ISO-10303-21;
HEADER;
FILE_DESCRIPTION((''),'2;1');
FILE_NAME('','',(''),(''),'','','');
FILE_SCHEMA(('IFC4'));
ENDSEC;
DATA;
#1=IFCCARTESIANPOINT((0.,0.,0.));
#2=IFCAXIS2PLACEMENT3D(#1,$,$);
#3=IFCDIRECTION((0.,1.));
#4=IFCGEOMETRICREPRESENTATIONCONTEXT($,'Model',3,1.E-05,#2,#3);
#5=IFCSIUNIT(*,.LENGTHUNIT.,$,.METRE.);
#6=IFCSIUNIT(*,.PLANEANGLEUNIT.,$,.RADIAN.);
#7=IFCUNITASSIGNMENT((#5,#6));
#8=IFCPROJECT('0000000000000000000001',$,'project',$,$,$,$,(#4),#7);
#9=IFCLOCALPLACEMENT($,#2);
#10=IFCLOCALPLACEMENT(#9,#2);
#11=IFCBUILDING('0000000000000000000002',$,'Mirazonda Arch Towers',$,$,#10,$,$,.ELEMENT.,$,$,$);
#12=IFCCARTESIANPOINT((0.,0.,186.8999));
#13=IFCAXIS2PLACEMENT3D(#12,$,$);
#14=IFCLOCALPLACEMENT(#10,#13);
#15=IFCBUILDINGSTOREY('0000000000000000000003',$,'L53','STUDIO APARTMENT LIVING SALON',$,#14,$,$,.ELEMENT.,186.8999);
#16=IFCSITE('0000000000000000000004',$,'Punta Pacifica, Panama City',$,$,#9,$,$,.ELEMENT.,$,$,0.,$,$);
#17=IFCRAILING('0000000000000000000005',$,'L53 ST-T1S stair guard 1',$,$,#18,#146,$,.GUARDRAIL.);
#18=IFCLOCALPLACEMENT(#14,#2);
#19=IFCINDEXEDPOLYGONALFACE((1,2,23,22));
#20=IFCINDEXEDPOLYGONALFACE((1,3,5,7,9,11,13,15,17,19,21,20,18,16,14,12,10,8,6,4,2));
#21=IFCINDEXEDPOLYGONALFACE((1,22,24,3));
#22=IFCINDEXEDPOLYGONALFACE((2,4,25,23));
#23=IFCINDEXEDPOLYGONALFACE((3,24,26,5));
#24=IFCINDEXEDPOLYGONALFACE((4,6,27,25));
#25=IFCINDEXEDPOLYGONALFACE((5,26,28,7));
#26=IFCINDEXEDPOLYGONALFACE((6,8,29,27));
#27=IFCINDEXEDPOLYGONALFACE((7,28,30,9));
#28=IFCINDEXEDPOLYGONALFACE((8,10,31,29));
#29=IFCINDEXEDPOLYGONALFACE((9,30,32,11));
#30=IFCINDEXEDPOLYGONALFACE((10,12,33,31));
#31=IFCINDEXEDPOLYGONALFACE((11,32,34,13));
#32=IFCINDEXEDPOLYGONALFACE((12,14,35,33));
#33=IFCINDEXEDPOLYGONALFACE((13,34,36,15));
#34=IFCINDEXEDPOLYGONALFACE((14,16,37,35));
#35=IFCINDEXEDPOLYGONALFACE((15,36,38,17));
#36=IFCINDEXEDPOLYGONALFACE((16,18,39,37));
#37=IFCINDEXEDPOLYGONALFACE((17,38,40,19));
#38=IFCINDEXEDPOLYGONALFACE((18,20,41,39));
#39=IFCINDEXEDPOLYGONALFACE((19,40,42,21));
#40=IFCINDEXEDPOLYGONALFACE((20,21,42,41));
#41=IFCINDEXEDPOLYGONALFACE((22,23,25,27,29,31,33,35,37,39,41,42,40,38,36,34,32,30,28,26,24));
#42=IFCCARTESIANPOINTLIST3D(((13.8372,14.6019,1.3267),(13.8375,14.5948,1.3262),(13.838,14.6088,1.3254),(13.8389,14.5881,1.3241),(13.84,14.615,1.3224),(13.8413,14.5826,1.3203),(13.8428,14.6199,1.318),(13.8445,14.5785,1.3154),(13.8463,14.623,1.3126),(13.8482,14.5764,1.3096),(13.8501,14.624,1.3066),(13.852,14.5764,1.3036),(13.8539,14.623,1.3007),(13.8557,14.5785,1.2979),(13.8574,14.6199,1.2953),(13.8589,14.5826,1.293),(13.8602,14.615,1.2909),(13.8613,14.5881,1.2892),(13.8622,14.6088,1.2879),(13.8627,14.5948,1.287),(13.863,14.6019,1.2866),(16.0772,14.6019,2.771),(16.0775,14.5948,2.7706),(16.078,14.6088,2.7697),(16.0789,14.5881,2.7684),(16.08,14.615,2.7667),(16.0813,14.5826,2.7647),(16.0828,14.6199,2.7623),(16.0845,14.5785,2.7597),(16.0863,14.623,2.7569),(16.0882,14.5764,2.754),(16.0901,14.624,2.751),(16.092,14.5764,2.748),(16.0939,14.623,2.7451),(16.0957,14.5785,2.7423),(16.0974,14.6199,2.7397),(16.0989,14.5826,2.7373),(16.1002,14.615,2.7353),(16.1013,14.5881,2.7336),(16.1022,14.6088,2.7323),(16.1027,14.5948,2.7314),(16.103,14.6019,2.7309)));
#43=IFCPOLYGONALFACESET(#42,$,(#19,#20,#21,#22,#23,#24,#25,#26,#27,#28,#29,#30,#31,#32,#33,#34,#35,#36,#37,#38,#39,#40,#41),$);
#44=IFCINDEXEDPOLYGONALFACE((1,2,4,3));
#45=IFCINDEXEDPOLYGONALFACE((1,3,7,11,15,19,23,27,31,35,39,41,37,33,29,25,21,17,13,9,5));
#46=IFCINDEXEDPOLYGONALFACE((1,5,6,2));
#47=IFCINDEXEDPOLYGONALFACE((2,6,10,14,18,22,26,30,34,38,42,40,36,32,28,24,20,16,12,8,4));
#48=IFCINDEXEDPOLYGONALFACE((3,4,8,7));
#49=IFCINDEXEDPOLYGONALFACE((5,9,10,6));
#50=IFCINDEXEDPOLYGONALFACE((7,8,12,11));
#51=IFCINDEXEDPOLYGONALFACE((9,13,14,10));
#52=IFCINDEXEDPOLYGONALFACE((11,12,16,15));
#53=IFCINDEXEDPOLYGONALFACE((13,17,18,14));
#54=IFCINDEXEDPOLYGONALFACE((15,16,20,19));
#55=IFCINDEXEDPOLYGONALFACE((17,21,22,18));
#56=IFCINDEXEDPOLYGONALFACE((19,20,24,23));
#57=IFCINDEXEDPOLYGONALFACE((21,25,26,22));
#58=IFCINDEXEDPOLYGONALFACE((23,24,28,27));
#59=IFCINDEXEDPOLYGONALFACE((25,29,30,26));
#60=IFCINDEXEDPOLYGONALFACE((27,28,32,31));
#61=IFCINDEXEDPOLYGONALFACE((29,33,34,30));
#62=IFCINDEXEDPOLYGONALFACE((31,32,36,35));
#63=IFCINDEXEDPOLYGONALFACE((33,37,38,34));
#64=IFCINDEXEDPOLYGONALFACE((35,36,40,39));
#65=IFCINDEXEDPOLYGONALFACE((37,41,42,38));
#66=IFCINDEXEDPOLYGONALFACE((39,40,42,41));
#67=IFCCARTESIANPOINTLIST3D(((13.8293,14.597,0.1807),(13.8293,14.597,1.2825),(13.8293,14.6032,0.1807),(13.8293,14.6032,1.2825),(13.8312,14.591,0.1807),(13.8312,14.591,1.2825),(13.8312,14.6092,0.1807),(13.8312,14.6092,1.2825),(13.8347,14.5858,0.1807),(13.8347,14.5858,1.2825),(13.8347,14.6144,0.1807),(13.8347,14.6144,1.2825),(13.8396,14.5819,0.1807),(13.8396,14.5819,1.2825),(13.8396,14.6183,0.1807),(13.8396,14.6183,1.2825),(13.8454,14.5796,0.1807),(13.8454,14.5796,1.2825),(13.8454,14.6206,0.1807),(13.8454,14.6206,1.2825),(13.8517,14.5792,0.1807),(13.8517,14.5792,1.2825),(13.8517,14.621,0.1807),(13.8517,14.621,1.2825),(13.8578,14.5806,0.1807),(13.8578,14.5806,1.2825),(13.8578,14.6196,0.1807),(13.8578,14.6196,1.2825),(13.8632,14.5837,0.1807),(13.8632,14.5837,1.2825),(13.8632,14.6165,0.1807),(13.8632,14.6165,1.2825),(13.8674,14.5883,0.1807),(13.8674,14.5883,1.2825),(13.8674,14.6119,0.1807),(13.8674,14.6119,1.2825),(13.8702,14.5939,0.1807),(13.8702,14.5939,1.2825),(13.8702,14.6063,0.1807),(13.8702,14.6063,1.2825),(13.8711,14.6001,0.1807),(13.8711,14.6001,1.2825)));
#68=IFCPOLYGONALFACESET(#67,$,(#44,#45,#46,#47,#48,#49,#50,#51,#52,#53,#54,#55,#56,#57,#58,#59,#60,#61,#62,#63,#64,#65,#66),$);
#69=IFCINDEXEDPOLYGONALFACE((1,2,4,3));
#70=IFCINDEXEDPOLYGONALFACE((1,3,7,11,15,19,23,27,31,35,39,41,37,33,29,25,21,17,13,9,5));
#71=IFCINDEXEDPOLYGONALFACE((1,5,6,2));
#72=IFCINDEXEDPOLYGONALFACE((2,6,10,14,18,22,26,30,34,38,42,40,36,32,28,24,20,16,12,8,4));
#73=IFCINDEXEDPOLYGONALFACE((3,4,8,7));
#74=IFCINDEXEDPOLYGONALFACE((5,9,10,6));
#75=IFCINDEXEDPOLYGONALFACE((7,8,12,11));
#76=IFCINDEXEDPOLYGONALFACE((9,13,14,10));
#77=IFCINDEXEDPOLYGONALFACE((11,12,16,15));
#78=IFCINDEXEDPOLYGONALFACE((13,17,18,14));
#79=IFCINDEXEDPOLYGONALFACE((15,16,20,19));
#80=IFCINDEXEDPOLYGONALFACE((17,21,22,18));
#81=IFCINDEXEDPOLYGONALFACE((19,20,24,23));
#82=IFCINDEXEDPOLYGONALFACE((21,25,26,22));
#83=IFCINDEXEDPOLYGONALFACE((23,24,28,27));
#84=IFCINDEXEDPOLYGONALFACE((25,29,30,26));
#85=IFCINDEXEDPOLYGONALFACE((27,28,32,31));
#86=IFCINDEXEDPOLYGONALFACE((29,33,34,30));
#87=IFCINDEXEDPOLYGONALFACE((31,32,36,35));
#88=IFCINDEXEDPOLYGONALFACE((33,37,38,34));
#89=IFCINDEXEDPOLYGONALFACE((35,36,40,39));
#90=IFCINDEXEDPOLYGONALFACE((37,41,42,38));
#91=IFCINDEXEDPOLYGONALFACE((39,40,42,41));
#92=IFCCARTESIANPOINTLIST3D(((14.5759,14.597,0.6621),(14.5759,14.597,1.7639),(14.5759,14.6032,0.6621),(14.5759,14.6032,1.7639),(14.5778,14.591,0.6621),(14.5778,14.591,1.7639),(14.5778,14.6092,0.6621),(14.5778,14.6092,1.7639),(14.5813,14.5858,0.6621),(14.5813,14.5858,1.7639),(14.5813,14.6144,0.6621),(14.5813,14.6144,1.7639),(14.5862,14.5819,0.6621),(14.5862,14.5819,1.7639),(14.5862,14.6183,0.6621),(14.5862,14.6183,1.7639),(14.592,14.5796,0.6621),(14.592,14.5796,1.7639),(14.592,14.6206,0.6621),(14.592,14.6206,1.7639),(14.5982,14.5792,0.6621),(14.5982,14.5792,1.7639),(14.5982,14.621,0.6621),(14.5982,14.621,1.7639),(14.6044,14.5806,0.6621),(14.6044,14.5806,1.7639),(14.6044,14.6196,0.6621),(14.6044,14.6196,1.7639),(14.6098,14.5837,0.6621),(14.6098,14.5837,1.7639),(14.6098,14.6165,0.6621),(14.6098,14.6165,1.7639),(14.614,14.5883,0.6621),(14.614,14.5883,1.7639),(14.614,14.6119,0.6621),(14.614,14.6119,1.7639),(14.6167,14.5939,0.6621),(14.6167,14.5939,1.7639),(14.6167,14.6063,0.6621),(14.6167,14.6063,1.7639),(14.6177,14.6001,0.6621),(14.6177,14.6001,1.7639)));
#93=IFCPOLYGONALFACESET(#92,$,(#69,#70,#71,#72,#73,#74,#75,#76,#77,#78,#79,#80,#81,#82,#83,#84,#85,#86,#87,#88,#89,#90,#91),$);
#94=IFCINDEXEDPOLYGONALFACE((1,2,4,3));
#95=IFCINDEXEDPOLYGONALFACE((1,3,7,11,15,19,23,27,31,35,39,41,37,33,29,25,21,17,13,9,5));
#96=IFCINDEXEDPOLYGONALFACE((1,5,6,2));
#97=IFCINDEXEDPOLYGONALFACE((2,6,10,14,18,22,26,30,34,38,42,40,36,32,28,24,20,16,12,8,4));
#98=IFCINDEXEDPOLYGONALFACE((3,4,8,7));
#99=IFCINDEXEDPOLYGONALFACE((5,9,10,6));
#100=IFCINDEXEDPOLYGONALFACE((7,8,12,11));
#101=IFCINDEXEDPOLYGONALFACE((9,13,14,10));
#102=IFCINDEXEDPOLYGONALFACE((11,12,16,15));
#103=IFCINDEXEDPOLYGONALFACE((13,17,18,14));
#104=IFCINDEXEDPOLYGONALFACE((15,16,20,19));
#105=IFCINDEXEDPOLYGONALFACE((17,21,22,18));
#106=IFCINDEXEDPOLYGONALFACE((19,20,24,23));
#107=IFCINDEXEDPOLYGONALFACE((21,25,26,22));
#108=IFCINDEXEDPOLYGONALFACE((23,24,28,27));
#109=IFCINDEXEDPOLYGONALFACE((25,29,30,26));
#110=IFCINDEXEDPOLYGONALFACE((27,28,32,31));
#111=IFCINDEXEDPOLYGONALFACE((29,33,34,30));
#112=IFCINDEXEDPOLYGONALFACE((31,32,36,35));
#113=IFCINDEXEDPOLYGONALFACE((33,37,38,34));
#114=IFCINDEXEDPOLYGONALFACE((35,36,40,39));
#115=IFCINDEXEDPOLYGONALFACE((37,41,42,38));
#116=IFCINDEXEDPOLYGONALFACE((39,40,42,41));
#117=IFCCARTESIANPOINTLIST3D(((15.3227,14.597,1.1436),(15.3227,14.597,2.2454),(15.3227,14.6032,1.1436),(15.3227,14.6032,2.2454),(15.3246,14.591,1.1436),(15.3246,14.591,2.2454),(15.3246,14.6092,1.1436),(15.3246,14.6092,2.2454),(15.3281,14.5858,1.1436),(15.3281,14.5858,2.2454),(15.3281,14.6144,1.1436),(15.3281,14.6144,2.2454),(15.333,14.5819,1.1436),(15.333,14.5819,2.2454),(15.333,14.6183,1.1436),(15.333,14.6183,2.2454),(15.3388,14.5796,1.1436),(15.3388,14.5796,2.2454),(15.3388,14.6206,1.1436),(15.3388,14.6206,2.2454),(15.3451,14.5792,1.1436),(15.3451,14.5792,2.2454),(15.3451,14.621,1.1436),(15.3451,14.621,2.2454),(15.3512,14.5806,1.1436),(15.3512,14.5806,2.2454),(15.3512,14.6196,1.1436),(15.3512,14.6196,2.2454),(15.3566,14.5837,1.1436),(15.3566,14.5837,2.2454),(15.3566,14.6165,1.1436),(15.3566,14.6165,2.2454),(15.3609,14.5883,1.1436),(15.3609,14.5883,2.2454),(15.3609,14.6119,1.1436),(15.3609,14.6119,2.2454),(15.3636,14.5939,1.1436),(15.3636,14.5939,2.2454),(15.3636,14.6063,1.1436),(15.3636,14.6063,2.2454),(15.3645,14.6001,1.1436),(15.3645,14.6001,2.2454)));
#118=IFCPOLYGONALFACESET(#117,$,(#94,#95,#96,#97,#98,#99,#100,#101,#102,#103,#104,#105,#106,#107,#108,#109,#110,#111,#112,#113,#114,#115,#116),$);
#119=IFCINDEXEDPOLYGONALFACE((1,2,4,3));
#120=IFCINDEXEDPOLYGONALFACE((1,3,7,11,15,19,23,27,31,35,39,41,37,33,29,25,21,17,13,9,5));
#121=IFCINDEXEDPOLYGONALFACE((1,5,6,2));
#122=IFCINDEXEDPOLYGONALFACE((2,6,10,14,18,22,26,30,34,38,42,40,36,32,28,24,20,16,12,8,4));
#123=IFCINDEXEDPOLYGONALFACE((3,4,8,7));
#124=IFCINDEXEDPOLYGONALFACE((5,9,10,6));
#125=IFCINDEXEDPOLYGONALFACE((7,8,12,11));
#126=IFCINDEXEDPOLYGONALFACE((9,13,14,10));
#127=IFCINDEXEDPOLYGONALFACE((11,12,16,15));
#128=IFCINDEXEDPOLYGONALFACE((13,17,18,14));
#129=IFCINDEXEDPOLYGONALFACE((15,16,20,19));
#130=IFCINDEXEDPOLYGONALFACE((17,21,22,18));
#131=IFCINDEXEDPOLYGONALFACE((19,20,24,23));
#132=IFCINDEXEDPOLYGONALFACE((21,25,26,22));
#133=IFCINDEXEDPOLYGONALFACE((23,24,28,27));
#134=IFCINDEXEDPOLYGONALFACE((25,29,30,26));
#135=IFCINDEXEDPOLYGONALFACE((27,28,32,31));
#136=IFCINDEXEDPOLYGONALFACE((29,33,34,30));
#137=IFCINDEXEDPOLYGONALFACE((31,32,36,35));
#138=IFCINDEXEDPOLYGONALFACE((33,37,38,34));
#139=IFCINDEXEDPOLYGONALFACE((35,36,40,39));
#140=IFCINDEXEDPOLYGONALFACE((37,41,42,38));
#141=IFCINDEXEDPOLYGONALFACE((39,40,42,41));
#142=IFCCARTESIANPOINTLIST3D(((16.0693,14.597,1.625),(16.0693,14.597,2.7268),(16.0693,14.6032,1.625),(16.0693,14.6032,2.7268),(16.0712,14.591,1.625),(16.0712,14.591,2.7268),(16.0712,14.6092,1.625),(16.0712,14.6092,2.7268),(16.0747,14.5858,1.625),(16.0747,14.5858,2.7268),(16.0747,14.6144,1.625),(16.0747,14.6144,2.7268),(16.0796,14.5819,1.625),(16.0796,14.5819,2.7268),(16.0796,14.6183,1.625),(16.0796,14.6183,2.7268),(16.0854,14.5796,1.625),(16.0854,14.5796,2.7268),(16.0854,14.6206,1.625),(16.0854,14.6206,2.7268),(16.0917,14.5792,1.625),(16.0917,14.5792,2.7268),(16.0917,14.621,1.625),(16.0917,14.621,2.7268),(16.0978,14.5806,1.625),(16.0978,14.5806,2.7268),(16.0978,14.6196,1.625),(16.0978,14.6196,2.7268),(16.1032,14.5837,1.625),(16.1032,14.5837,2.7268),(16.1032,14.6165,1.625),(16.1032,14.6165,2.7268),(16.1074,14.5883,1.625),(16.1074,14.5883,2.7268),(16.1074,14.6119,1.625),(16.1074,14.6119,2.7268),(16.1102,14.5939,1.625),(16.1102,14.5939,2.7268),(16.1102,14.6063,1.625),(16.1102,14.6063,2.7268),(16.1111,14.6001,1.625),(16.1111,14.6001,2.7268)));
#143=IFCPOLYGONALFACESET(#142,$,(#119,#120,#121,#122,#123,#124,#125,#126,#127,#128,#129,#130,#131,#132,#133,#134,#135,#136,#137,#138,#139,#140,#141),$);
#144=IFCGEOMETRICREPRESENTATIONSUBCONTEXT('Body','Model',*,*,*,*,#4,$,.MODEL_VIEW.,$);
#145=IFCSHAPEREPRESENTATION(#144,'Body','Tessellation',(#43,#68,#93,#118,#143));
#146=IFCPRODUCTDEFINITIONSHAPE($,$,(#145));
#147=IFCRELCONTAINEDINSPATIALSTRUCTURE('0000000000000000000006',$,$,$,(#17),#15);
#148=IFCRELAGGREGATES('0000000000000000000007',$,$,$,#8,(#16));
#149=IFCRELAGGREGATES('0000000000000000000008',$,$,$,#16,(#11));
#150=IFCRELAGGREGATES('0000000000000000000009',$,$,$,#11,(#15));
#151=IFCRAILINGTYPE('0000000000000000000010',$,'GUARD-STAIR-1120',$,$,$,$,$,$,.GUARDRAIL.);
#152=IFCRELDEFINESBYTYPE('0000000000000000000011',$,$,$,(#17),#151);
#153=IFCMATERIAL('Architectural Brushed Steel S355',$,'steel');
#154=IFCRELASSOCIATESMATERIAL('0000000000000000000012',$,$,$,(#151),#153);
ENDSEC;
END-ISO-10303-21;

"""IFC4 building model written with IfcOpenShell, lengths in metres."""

from ifc_helpers import new_model, si_unit, direction, frame, origin, origin_2d, place, context, subcontext, project, spatial, circle, extrude, material, type_object, element, save


model = new_model("IFC4")

# Units and contexts
model_context = context("Model", 3, precision=1e-05, world=origin(), true_north=direction((0.0, 1.0)))
body_context = subcontext(model_context, "Body", "Model", "MODEL_VIEW")
ifc_project = project(units=[si_unit("LENGTHUNIT", "METRE"), si_unit("PLANEANGLEUNIT", "RADIAN")], contexts=[model_context])

# Site, building, storey
site_placement = place(None, origin())
site = spatial("IfcSite", under=ifc_project, at=site_placement, Name="Punta Pacifica, Panama City", CompositionType="ELEMENT", RefElevation=0.0)
building_placement = place(site_placement, origin())
building = spatial("IfcBuilding", under=site, at=building_placement, Name="Mirazonda Arch Towers", CompositionType="ELEMENT")
storey_placement = place(building_placement, frame((0.0, 0.0, 186.8999)))
storey = spatial("IfcBuildingStorey", under=building, at=storey_placement, Name="L53", Description="STUDIO APARTMENT LIVING SALON", CompositionType="ELEMENT", Elevation=186.8999)

# Shared definitions
ifc_material_1 = material(Name="Architectural Brushed Steel S355", Category="steel")

# Railing
railing_type_1 = type_object("IfcRailingType", Name="GUARD-STAIR-1120", PredefinedType="GUARDRAIL", material=ifc_material_1)
railing_1_placement = place(storey_placement, frame((13.8501, 14.6001, 0.1807)))
element("IfcRailing", 1, at=railing_1_placement, inside=storey, type_object=railing_type_1, Name="L53 ST-T1S stair guard 1", PredefinedType="GUARDRAIL", context=body_context, shape_type="SweptSolid", body=[
    extrude(circle(Radius=0.0239, at=origin_2d()), frame((0.0, 0.0, 1.126), z_axis=(0.840437, 0.0, 0.54191), x_axis=(0.0, 1.0, 0.0)), (0.0, 0.0, 1.0), 2.6653),
    extrude(circle(Radius=0.021, at=origin_2d()), origin(), (0.0, 0.0, 1.0), 1.1018),
    extrude(circle(Radius=0.021, at=origin_2d()), frame((0.7466, 0.0, 0.4814)), (0.0, 0.0, 1.0), 1.1018),
    extrude(circle(Radius=0.021, at=origin_2d()), frame((1.4934, 0.0, 0.9629)), (0.0, 0.0, 1.0), 1.1018),
    extrude(circle(Radius=0.021, at=origin_2d()), frame((2.24, 0.0, 1.4443)), (0.0, 0.0, 1.0), 1.1018),
])

save(model, "model.ifc")
